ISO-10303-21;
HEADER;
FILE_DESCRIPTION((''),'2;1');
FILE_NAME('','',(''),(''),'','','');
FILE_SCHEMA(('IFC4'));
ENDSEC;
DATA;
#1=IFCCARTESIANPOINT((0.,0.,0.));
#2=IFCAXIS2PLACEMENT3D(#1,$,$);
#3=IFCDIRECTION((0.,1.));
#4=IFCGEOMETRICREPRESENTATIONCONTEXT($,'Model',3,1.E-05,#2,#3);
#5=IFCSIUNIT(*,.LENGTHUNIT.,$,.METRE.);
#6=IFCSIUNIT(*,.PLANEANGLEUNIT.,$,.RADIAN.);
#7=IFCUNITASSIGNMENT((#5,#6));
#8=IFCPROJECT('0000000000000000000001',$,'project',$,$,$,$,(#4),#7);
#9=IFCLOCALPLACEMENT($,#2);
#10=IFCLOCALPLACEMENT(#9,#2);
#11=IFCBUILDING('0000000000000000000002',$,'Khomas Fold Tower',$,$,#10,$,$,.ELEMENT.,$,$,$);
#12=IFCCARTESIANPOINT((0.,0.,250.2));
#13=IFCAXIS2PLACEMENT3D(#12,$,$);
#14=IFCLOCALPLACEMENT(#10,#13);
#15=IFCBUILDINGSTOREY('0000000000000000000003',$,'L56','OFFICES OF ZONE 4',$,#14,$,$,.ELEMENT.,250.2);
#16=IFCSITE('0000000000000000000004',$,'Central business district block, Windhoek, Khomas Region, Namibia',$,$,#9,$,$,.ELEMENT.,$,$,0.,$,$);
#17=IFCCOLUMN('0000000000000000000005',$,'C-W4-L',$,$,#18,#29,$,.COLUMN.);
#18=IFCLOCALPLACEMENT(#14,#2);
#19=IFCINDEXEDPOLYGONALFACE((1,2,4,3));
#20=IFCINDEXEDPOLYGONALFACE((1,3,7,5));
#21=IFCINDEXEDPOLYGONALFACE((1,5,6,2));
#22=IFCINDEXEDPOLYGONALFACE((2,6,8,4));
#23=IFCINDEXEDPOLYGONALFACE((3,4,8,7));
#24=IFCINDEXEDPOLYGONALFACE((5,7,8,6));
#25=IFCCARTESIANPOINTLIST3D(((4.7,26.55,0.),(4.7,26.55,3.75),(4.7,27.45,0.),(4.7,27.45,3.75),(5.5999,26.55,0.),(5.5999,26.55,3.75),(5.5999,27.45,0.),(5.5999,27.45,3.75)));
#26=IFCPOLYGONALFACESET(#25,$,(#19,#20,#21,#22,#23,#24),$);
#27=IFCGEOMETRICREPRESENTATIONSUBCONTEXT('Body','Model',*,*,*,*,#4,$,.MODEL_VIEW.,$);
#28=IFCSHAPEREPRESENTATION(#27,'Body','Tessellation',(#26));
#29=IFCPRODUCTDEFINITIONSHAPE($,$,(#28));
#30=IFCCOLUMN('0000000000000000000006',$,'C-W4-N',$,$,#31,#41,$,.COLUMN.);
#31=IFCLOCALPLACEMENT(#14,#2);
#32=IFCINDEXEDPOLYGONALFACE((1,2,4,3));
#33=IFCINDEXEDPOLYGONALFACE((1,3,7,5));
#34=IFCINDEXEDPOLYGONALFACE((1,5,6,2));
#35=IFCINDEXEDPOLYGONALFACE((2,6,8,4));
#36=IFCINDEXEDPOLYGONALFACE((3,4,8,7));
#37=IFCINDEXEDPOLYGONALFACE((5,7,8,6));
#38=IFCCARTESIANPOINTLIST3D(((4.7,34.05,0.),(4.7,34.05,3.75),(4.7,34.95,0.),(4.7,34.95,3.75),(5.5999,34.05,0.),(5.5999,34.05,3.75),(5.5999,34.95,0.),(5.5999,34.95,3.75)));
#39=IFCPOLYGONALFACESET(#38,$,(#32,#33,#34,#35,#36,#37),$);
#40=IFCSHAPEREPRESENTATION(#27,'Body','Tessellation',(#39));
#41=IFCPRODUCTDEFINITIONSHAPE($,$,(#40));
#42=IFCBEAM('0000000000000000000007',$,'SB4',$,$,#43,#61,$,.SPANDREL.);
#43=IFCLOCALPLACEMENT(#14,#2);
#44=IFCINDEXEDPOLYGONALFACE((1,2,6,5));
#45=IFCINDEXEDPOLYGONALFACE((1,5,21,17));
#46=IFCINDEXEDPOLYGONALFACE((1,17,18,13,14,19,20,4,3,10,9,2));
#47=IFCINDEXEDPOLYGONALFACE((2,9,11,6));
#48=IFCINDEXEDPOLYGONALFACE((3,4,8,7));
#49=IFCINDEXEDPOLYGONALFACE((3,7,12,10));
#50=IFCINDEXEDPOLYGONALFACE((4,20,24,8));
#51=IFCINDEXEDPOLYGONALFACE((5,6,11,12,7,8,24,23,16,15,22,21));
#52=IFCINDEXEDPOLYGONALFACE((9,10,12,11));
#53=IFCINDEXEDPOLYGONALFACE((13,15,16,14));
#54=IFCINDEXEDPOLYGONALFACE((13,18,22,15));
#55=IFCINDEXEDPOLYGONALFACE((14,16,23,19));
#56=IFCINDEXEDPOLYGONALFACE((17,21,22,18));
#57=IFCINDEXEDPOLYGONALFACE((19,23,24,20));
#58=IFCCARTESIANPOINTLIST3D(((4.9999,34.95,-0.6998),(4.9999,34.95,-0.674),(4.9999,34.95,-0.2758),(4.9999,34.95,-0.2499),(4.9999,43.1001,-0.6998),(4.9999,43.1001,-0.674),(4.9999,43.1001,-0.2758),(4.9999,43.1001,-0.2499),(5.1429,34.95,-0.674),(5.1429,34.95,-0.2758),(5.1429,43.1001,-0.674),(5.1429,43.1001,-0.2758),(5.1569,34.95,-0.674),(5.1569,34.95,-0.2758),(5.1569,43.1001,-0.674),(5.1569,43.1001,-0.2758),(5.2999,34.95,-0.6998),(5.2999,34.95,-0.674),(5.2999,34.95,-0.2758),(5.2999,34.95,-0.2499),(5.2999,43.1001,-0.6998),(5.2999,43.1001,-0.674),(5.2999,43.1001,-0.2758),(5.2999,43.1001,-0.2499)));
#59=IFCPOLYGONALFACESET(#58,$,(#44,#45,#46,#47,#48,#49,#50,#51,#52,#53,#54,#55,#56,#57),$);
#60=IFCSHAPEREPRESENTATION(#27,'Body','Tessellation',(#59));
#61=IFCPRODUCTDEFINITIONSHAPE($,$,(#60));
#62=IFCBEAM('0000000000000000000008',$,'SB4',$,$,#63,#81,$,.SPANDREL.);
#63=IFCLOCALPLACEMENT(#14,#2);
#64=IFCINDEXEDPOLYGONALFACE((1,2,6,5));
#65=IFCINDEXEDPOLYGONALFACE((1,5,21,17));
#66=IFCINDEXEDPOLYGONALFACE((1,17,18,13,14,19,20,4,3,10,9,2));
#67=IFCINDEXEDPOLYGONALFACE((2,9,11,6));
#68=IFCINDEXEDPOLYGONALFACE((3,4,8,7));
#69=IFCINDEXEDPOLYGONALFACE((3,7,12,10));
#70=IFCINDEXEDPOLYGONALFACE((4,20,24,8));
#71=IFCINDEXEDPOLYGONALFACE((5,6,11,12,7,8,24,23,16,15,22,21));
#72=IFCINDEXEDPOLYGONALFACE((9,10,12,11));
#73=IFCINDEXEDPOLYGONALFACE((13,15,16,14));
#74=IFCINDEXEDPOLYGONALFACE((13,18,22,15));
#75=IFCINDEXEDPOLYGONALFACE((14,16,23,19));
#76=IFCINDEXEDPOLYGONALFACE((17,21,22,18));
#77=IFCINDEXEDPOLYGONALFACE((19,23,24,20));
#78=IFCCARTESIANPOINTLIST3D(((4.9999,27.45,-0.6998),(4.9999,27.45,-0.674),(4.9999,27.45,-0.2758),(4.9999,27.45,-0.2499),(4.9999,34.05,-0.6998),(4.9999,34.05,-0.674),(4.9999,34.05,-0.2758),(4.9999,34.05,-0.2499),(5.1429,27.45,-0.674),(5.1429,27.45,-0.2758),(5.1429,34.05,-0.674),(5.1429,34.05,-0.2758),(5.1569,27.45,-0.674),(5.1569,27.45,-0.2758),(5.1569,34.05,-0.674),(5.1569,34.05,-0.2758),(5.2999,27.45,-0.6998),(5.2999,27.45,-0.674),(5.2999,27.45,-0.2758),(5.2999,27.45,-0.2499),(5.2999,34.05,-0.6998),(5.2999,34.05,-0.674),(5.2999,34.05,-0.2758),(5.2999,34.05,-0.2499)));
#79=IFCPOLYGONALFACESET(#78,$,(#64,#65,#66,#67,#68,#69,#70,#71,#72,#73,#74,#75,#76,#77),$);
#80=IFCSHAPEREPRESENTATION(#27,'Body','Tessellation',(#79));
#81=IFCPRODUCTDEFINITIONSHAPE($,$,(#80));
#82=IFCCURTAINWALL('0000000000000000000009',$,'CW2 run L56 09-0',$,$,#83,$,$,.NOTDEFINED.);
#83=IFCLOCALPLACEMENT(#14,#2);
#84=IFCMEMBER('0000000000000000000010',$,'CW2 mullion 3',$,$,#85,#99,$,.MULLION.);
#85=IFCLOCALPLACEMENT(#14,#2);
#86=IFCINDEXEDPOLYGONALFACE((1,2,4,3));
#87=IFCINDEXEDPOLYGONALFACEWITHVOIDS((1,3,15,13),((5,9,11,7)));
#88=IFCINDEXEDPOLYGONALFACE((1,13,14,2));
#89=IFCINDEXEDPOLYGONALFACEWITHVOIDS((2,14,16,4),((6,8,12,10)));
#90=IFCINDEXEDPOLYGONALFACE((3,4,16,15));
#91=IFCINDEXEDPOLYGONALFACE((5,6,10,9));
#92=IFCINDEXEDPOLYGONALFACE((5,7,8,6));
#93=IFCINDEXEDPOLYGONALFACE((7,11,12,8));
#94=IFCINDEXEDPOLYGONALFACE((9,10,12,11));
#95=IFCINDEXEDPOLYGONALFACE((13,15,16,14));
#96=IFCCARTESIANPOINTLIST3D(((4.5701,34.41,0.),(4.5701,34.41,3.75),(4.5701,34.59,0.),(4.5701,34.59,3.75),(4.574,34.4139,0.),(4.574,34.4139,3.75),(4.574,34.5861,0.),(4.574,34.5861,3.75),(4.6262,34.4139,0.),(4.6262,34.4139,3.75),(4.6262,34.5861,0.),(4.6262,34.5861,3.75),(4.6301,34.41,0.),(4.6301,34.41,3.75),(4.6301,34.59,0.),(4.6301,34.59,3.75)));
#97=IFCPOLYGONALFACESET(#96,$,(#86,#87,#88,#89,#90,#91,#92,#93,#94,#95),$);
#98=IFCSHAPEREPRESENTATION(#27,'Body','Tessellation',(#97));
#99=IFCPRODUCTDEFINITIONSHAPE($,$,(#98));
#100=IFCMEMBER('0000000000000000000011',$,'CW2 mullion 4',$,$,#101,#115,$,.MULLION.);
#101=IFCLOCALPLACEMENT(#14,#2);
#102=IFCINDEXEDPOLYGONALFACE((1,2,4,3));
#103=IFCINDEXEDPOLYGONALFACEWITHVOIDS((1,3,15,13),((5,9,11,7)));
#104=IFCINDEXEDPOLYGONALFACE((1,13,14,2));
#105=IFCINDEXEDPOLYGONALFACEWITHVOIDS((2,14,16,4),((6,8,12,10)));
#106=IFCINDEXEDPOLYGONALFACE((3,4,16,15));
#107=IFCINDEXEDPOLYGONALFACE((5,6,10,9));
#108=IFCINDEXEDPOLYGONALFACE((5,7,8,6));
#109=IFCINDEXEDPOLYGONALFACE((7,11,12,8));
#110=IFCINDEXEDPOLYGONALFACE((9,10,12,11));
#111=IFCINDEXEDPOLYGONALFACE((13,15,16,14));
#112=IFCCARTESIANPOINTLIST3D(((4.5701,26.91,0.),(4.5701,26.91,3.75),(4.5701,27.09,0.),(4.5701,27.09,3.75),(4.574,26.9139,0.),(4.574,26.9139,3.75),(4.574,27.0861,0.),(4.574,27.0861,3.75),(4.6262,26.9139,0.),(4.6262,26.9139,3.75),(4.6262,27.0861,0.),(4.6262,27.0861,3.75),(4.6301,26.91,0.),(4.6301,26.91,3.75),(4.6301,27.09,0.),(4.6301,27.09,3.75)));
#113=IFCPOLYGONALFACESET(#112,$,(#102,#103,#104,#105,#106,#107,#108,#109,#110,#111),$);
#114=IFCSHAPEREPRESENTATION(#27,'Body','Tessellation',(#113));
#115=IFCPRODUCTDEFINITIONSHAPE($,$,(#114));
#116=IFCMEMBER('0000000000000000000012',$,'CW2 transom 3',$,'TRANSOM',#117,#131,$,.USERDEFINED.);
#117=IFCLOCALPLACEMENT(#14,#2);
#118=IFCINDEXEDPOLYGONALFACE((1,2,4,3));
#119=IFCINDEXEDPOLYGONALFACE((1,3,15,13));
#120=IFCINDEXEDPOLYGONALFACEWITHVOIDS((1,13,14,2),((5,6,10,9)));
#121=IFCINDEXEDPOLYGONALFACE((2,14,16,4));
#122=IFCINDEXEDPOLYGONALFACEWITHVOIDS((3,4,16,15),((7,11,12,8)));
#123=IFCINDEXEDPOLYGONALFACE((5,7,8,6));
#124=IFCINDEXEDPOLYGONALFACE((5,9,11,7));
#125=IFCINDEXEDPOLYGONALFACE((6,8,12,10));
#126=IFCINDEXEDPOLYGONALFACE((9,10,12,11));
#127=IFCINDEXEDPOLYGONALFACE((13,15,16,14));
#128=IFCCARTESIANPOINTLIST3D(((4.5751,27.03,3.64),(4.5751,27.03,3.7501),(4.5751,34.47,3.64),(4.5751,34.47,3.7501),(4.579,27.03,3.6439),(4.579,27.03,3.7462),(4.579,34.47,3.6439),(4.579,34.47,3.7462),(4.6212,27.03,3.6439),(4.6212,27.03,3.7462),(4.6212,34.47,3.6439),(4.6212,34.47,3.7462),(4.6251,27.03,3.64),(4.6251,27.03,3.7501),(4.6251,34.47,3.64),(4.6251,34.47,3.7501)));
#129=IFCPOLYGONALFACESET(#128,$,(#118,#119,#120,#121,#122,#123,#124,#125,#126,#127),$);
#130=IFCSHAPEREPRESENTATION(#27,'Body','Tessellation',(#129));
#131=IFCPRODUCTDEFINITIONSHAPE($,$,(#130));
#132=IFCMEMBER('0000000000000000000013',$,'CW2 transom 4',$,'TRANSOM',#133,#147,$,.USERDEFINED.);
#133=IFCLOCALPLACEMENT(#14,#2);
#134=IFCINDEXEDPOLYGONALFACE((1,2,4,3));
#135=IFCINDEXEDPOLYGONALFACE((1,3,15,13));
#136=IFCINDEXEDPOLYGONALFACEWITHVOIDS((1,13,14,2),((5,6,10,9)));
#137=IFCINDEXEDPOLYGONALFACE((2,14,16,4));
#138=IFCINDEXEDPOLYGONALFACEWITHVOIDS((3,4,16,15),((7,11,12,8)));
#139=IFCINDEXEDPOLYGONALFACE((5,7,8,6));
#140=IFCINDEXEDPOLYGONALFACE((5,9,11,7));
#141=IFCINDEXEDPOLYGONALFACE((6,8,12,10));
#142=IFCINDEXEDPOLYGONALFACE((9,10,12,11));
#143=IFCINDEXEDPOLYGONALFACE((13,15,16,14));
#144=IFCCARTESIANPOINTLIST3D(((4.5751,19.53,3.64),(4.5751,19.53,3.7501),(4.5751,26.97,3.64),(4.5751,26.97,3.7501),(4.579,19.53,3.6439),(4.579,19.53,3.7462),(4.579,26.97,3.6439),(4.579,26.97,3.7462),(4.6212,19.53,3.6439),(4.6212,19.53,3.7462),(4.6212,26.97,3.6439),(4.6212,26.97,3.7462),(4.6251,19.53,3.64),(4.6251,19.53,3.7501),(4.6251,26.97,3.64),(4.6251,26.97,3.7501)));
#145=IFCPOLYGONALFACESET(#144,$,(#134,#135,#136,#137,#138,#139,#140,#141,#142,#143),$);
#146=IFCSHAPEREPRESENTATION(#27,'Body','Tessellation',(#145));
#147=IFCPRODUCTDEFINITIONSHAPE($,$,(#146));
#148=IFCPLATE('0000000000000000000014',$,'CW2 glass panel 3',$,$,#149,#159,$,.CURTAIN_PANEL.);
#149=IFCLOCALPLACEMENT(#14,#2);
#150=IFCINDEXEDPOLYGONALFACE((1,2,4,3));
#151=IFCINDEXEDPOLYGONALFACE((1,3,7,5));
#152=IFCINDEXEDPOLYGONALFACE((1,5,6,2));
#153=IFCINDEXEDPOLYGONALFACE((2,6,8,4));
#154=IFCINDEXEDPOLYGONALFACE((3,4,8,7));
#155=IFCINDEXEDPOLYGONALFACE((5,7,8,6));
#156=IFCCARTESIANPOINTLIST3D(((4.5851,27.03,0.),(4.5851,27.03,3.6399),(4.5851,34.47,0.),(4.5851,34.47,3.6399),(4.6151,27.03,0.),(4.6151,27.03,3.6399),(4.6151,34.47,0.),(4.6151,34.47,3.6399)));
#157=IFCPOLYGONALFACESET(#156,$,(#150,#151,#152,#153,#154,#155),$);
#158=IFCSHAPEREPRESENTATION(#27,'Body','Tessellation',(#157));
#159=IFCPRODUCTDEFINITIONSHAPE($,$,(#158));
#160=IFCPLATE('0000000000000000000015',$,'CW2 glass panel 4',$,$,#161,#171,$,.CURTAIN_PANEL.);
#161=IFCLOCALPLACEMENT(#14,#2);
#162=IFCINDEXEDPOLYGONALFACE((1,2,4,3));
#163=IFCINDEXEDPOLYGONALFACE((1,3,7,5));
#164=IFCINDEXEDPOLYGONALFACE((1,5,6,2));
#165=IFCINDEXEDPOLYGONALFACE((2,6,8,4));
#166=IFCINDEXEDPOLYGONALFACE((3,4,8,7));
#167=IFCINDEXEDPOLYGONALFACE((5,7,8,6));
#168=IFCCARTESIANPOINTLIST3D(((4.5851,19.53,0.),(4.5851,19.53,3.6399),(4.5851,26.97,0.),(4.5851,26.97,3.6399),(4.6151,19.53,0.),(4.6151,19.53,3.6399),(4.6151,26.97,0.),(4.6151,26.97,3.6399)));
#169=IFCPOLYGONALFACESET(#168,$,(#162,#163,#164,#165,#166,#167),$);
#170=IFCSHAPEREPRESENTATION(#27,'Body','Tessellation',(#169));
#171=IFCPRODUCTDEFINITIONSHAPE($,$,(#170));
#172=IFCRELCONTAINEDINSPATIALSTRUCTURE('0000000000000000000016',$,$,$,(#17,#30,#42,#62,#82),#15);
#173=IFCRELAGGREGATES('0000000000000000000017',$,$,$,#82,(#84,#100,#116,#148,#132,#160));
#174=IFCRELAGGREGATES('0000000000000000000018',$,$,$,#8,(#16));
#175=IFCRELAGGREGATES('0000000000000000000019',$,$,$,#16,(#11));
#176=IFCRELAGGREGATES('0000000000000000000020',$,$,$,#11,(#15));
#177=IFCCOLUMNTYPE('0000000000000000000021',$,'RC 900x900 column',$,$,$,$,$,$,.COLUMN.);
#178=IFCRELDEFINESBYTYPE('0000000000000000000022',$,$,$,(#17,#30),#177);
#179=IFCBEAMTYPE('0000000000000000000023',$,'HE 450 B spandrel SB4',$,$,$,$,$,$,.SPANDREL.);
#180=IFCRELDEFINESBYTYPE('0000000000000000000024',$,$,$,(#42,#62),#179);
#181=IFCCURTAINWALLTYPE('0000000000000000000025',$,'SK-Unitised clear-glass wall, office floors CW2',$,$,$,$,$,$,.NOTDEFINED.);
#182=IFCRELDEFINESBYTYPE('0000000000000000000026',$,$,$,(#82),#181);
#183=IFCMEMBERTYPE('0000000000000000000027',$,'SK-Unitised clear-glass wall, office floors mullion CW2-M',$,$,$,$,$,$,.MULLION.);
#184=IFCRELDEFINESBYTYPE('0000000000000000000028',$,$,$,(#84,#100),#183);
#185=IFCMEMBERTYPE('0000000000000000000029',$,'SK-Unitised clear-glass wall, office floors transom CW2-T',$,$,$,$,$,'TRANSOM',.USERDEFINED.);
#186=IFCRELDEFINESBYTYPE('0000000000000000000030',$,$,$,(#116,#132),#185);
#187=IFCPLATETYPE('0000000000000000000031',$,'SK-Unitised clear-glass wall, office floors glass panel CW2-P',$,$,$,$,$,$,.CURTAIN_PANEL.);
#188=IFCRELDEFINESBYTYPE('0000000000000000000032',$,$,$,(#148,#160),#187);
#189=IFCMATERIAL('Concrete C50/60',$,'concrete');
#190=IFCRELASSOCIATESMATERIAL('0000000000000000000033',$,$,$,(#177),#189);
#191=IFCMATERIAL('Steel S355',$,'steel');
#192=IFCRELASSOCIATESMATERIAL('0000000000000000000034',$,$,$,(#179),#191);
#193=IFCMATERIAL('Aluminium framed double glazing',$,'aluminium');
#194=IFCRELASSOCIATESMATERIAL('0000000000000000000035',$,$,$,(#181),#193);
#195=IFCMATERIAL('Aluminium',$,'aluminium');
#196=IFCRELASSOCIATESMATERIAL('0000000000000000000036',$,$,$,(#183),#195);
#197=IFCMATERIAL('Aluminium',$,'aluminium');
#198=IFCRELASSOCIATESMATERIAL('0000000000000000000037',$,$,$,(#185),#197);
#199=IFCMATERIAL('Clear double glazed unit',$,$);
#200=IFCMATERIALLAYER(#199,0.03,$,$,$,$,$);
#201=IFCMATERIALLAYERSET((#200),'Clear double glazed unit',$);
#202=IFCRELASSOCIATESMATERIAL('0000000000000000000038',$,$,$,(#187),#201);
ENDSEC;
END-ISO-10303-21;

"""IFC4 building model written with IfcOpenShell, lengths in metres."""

from ifc_helpers import new_model, si_unit, direction, frame, origin, origin_2d, place, context, subcontext, project, spatial, rectangle, hollow_rectangle, i_section, extrude, source, transform, mapped, material, layer, layer_set, material_profile, profile_set, type_object, element, aggregate, save


model = new_model("IFC4")

# Units and contexts
model_context = context("Model", 3, precision=1e-05, world=origin(), true_north=direction((0.0, 1.0)))
body_context = subcontext(model_context, "Body", "Model", "MODEL_VIEW")
ifc_project = project(units=[si_unit("LENGTHUNIT", "METRE"), si_unit("PLANEANGLEUNIT", "RADIAN")], contexts=[model_context])

# Site, building, storey
site_placement = place(None, origin())
site = spatial("IfcSite", under=ifc_project, at=site_placement, Name="Central business district block, Windhoek, Khomas Region, Namibia", CompositionType="ELEMENT", RefElevation=0.0)
building_placement = place(site_placement, origin())
building = spatial("IfcBuilding", under=site, at=building_placement, Name="Khomas Fold Tower", CompositionType="ELEMENT")
storey_placement = place(building_placement, frame((0.0, 0.0, 250.2)))
storey = spatial("IfcBuildingStorey", under=building, at=storey_placement, Name="L56", Description="OFFICES OF ZONE 4", CompositionType="ELEMENT", Elevation=250.2)

# Columns
ifc_material_1 = material(Name="Concrete C50/60", Category="concrete")
ifc_material_profile_1 = material_profile(ifc_material_1, rectangle(XDim=0.8999, YDim=0.8999, at=origin_2d()), Name="RC 900x900")
ifc_profile_set_1 = profile_set([ifc_material_profile_1], Name="Concrete C50/60")
column_type = type_object("IfcColumnType", Name="RC 900x900 column", PredefinedType="COLUMN", material=ifc_profile_set_1)
shared_shape_1 = source(origin(), body_context, "Body", "SweptSolid", [
    extrude(rectangle(XDim=0.8999, YDim=0.8999, at=origin_2d()), origin(), (0.0, 0.0, 1.0), 3.75),
])
for number, where, z_axis, x_axis, name in (
    (1, (5.1499, 27.0, 0.0), (0.0, 0.0, 1.0), (1.0, 0.0, 0.0), "C-W4-L"),
    (2, (5.1499, 34.5, 0.0), (0.0, 0.0, 1.0), (1.0, 0.0, 0.0), "C-W4-N"),
):
    element("IfcColumn", number, at=place(storey_placement, frame(where, z_axis=z_axis, x_axis=x_axis)), inside=storey, type_object=column_type, Name=name, PredefinedType="COLUMN", context=body_context, shape_type="MappedRepresentation", body=[
        mapped(shared_shape_1, transform((0.0, 0.0, 0.0))),
    ])

# Beams
ifc_material_2 = material(Name="Steel S355", Category="steel")
ifc_material_profile_2 = material_profile(ifc_material_2, i_section(OverallWidth=0.3, OverallDepth=0.45, WebThickness=0.0139, FlangeThickness=0.0259, at=origin_2d()), Name="HE 450 B")
ifc_profile_set_2 = profile_set([ifc_material_profile_2], Name="Steel S355")
beam_type = type_object("IfcBeamType", Name="HE 450 B spandrel SB4", PredefinedType="SPANDREL", material=ifc_profile_set_2)
shared_shape_2 = source(origin(), body_context, "Body", "SweptSolid", [
    extrude(i_section(OverallWidth=0.3, OverallDepth=0.45, WebThickness=0.0139, FlangeThickness=0.0259, at=origin_2d()), origin(), (0.0, 0.0, 1.0), 8.1501),
])
beam_1_placement = place(storey_placement, frame((5.1499, 34.95, -0.4749), z_axis=(0.0, 1.0, 0.0), x_axis=(-1.0, 0.0, 0.0)))
element("IfcBeam", 3, at=beam_1_placement, inside=storey, type_object=beam_type, Name="SB4", PredefinedType="SPANDREL", context=body_context, shape_type="MappedRepresentation", body=[
    mapped(shared_shape_2, transform((0.0, 0.0, 0.0))),
])
shared_shape_3 = source(origin(), body_context, "Body", "SweptSolid", [
    extrude(i_section(OverallWidth=0.3, OverallDepth=0.45, WebThickness=0.0139, FlangeThickness=0.0259, at=origin_2d()), origin(), (0.0, 0.0, 1.0), 6.6001),
])
beam_2_placement = place(storey_placement, frame((5.1499, 27.45, -0.4749), z_axis=(0.0, 1.0, 0.0), x_axis=(-1.0, 0.0, 0.0)))
element("IfcBeam", 4, at=beam_2_placement, inside=storey, type_object=beam_type, Name="SB4", PredefinedType="SPANDREL", context=body_context, shape_type="MappedRepresentation", body=[
    mapped(shared_shape_3, transform((0.0, 0.0, 0.0))),
])

# Curtain wall, members, plates
ifc_material_3 = material(Name="Aluminium framed double glazing", Category="aluminium")
curtain_wall_type = type_object("IfcCurtainWallType", Name="SK-Unitised clear-glass wall, office floors CW2", PredefinedType="NOTDEFINED", material=ifc_material_3)
curtain_wall_placement = place(storey_placement, origin())
curtain_wall = element("IfcCurtainWall", 5, at=curtain_wall_placement, inside=storey, type_object=curtain_wall_type, Name="CW2 run L56 09-0", PredefinedType="NOTDEFINED")
ifc_material_4 = material(Name="Aluminium", Category="aluminium")
ifc_material_profile_3 = material_profile(ifc_material_4, hollow_rectangle(XDim=0.0601, YDim=0.1799, WallThickness=0.0039, at=origin_2d()), Name="SK-Unitised clear-glass wall, office floors mullion CW2-M")
ifc_profile_set_3 = profile_set([ifc_material_profile_3], Name="Aluminium")
member_type_1 = type_object("IfcMemberType", Name="SK-Unitised clear-glass wall, office floors mullion CW2-M", PredefinedType="MULLION", material=ifc_profile_set_3)
shared_shape_4 = source(origin(), body_context, "Body", "SweptSolid", [
    extrude(hollow_rectangle(XDim=0.0601, YDim=0.1799, WallThickness=0.0039, at=origin_2d()), origin(), (0.0, 0.0, 1.0), 3.75),
])
member_1_placement = place(storey_placement, frame((4.6001, 34.5, 0.0), z_axis=(0.0, 0.0, 1.0), x_axis=(1.0, 0.0, 0.0)))
member_1 = element("IfcMember", 6, at=member_1_placement, type_object=member_type_1, Name="CW2 mullion 3", PredefinedType="MULLION", context=body_context, shape_type="MappedRepresentation", body=[
    mapped(shared_shape_4, transform((0.0, 0.0, 0.0))),
])
member_2_placement = place(storey_placement, frame((4.6001, 27.0, 0.0), z_axis=(0.0, 0.0, 1.0), x_axis=(1.0, 0.0, 0.0)))
member_2 = element("IfcMember", 7, at=member_2_placement, type_object=member_type_1, Name="CW2 mullion 4", PredefinedType="MULLION", context=body_context, shape_type="MappedRepresentation", body=[
    mapped(shared_shape_4, transform((0.0, 0.0, 0.0))),
])
ifc_material_5 = material(Name="Aluminium", Category="aluminium")
ifc_material_profile_4 = material_profile(ifc_material_5, hollow_rectangle(XDim=0.05, YDim=0.1101, WallThickness=0.0039, at=origin_2d()), Name="SK-Unitised clear-glass wall, office floors transom CW2-T")
ifc_profile_set_4 = profile_set([ifc_material_profile_4], Name="Aluminium")
member_type_2 = type_object("IfcMemberType", Name="SK-Unitised clear-glass wall, office floors transom CW2-T", ElementType="TRANSOM", PredefinedType="USERDEFINED", material=ifc_profile_set_4)
shared_shape_5 = source(origin(), body_context, "Body", "SweptSolid", [
    extrude(hollow_rectangle(XDim=0.05, YDim=0.1101, WallThickness=0.0039, at=origin_2d()), origin(), (0.0, 0.0, 1.0), 7.4399),
])
member_3_placement = place(storey_placement, frame((4.6001, 34.47, 3.6951), z_axis=(0.0, -1.0, 0.0), x_axis=(1.0, 0.0, 0.0)))
member_3 = element("IfcMember", 8, at=member_3_placement, type_object=member_type_2, Name="CW2 transom 3", ObjectType="TRANSOM", PredefinedType="USERDEFINED", context=body_context, shape_type="MappedRepresentation", body=[
    mapped(shared_shape_5, transform((0.0, 0.0, 0.0))),
])
member_4_placement = place(storey_placement, frame((4.6001, 26.97, 3.6951), z_axis=(0.0, -1.0, 0.0), x_axis=(1.0, 0.0, 0.0)))
member_4 = element("IfcMember", 9, at=member_4_placement, type_object=member_type_2, Name="CW2 transom 4", ObjectType="TRANSOM", PredefinedType="USERDEFINED", context=body_context, shape_type="MappedRepresentation", body=[
    mapped(shared_shape_5, transform((0.0, 0.0, 0.0))),
])
ifc_material_6 = material(Name="Clear double glazed unit")
ifc_layer_1 = layer(ifc_material_6, 0.03)
ifc_layer_set_1 = layer_set([ifc_layer_1], Name="Clear double glazed unit")
plate_type = type_object("IfcPlateType", Name="SK-Unitised clear-glass wall, office floors glass panel CW2-P", PredefinedType="CURTAIN_PANEL", material=ifc_layer_set_1)
shared_shape_6 = source(origin(), body_context, "Body", "SweptSolid", [
    extrude(rectangle(XDim=7.4399, YDim=0.03, at=origin_2d()), origin(), (0.0, 0.0, 1.0), 3.6399),
])
plate_1_placement = place(storey_placement, frame((4.6001, 30.75, 0.0), z_axis=(0.0, 0.0, 1.0), x_axis=(0.0, -1.0, 0.0)))
plate_1 = element("IfcPlate", 10, at=plate_1_placement, type_object=plate_type, Name="CW2 glass panel 3", PredefinedType="CURTAIN_PANEL", context=body_context, shape_type="MappedRepresentation", body=[
    mapped(shared_shape_6, transform((0.0, 0.0, 0.0))),
])
plate_2_placement = place(storey_placement, frame((4.6001, 23.25, 0.0), z_axis=(0.0, 0.0, 1.0), x_axis=(0.0, -1.0, 0.0)))
plate_2 = element("IfcPlate", 11, at=plate_2_placement, type_object=plate_type, Name="CW2 glass panel 4", PredefinedType="CURTAIN_PANEL", context=body_context, shape_type="MappedRepresentation", body=[
    mapped(shared_shape_6, transform((0.0, 0.0, 0.0))),
])
aggregate(curtain_wall, [member_1, member_2, member_3, plate_1, member_4, plate_2])

save(model, "model.ifc")
